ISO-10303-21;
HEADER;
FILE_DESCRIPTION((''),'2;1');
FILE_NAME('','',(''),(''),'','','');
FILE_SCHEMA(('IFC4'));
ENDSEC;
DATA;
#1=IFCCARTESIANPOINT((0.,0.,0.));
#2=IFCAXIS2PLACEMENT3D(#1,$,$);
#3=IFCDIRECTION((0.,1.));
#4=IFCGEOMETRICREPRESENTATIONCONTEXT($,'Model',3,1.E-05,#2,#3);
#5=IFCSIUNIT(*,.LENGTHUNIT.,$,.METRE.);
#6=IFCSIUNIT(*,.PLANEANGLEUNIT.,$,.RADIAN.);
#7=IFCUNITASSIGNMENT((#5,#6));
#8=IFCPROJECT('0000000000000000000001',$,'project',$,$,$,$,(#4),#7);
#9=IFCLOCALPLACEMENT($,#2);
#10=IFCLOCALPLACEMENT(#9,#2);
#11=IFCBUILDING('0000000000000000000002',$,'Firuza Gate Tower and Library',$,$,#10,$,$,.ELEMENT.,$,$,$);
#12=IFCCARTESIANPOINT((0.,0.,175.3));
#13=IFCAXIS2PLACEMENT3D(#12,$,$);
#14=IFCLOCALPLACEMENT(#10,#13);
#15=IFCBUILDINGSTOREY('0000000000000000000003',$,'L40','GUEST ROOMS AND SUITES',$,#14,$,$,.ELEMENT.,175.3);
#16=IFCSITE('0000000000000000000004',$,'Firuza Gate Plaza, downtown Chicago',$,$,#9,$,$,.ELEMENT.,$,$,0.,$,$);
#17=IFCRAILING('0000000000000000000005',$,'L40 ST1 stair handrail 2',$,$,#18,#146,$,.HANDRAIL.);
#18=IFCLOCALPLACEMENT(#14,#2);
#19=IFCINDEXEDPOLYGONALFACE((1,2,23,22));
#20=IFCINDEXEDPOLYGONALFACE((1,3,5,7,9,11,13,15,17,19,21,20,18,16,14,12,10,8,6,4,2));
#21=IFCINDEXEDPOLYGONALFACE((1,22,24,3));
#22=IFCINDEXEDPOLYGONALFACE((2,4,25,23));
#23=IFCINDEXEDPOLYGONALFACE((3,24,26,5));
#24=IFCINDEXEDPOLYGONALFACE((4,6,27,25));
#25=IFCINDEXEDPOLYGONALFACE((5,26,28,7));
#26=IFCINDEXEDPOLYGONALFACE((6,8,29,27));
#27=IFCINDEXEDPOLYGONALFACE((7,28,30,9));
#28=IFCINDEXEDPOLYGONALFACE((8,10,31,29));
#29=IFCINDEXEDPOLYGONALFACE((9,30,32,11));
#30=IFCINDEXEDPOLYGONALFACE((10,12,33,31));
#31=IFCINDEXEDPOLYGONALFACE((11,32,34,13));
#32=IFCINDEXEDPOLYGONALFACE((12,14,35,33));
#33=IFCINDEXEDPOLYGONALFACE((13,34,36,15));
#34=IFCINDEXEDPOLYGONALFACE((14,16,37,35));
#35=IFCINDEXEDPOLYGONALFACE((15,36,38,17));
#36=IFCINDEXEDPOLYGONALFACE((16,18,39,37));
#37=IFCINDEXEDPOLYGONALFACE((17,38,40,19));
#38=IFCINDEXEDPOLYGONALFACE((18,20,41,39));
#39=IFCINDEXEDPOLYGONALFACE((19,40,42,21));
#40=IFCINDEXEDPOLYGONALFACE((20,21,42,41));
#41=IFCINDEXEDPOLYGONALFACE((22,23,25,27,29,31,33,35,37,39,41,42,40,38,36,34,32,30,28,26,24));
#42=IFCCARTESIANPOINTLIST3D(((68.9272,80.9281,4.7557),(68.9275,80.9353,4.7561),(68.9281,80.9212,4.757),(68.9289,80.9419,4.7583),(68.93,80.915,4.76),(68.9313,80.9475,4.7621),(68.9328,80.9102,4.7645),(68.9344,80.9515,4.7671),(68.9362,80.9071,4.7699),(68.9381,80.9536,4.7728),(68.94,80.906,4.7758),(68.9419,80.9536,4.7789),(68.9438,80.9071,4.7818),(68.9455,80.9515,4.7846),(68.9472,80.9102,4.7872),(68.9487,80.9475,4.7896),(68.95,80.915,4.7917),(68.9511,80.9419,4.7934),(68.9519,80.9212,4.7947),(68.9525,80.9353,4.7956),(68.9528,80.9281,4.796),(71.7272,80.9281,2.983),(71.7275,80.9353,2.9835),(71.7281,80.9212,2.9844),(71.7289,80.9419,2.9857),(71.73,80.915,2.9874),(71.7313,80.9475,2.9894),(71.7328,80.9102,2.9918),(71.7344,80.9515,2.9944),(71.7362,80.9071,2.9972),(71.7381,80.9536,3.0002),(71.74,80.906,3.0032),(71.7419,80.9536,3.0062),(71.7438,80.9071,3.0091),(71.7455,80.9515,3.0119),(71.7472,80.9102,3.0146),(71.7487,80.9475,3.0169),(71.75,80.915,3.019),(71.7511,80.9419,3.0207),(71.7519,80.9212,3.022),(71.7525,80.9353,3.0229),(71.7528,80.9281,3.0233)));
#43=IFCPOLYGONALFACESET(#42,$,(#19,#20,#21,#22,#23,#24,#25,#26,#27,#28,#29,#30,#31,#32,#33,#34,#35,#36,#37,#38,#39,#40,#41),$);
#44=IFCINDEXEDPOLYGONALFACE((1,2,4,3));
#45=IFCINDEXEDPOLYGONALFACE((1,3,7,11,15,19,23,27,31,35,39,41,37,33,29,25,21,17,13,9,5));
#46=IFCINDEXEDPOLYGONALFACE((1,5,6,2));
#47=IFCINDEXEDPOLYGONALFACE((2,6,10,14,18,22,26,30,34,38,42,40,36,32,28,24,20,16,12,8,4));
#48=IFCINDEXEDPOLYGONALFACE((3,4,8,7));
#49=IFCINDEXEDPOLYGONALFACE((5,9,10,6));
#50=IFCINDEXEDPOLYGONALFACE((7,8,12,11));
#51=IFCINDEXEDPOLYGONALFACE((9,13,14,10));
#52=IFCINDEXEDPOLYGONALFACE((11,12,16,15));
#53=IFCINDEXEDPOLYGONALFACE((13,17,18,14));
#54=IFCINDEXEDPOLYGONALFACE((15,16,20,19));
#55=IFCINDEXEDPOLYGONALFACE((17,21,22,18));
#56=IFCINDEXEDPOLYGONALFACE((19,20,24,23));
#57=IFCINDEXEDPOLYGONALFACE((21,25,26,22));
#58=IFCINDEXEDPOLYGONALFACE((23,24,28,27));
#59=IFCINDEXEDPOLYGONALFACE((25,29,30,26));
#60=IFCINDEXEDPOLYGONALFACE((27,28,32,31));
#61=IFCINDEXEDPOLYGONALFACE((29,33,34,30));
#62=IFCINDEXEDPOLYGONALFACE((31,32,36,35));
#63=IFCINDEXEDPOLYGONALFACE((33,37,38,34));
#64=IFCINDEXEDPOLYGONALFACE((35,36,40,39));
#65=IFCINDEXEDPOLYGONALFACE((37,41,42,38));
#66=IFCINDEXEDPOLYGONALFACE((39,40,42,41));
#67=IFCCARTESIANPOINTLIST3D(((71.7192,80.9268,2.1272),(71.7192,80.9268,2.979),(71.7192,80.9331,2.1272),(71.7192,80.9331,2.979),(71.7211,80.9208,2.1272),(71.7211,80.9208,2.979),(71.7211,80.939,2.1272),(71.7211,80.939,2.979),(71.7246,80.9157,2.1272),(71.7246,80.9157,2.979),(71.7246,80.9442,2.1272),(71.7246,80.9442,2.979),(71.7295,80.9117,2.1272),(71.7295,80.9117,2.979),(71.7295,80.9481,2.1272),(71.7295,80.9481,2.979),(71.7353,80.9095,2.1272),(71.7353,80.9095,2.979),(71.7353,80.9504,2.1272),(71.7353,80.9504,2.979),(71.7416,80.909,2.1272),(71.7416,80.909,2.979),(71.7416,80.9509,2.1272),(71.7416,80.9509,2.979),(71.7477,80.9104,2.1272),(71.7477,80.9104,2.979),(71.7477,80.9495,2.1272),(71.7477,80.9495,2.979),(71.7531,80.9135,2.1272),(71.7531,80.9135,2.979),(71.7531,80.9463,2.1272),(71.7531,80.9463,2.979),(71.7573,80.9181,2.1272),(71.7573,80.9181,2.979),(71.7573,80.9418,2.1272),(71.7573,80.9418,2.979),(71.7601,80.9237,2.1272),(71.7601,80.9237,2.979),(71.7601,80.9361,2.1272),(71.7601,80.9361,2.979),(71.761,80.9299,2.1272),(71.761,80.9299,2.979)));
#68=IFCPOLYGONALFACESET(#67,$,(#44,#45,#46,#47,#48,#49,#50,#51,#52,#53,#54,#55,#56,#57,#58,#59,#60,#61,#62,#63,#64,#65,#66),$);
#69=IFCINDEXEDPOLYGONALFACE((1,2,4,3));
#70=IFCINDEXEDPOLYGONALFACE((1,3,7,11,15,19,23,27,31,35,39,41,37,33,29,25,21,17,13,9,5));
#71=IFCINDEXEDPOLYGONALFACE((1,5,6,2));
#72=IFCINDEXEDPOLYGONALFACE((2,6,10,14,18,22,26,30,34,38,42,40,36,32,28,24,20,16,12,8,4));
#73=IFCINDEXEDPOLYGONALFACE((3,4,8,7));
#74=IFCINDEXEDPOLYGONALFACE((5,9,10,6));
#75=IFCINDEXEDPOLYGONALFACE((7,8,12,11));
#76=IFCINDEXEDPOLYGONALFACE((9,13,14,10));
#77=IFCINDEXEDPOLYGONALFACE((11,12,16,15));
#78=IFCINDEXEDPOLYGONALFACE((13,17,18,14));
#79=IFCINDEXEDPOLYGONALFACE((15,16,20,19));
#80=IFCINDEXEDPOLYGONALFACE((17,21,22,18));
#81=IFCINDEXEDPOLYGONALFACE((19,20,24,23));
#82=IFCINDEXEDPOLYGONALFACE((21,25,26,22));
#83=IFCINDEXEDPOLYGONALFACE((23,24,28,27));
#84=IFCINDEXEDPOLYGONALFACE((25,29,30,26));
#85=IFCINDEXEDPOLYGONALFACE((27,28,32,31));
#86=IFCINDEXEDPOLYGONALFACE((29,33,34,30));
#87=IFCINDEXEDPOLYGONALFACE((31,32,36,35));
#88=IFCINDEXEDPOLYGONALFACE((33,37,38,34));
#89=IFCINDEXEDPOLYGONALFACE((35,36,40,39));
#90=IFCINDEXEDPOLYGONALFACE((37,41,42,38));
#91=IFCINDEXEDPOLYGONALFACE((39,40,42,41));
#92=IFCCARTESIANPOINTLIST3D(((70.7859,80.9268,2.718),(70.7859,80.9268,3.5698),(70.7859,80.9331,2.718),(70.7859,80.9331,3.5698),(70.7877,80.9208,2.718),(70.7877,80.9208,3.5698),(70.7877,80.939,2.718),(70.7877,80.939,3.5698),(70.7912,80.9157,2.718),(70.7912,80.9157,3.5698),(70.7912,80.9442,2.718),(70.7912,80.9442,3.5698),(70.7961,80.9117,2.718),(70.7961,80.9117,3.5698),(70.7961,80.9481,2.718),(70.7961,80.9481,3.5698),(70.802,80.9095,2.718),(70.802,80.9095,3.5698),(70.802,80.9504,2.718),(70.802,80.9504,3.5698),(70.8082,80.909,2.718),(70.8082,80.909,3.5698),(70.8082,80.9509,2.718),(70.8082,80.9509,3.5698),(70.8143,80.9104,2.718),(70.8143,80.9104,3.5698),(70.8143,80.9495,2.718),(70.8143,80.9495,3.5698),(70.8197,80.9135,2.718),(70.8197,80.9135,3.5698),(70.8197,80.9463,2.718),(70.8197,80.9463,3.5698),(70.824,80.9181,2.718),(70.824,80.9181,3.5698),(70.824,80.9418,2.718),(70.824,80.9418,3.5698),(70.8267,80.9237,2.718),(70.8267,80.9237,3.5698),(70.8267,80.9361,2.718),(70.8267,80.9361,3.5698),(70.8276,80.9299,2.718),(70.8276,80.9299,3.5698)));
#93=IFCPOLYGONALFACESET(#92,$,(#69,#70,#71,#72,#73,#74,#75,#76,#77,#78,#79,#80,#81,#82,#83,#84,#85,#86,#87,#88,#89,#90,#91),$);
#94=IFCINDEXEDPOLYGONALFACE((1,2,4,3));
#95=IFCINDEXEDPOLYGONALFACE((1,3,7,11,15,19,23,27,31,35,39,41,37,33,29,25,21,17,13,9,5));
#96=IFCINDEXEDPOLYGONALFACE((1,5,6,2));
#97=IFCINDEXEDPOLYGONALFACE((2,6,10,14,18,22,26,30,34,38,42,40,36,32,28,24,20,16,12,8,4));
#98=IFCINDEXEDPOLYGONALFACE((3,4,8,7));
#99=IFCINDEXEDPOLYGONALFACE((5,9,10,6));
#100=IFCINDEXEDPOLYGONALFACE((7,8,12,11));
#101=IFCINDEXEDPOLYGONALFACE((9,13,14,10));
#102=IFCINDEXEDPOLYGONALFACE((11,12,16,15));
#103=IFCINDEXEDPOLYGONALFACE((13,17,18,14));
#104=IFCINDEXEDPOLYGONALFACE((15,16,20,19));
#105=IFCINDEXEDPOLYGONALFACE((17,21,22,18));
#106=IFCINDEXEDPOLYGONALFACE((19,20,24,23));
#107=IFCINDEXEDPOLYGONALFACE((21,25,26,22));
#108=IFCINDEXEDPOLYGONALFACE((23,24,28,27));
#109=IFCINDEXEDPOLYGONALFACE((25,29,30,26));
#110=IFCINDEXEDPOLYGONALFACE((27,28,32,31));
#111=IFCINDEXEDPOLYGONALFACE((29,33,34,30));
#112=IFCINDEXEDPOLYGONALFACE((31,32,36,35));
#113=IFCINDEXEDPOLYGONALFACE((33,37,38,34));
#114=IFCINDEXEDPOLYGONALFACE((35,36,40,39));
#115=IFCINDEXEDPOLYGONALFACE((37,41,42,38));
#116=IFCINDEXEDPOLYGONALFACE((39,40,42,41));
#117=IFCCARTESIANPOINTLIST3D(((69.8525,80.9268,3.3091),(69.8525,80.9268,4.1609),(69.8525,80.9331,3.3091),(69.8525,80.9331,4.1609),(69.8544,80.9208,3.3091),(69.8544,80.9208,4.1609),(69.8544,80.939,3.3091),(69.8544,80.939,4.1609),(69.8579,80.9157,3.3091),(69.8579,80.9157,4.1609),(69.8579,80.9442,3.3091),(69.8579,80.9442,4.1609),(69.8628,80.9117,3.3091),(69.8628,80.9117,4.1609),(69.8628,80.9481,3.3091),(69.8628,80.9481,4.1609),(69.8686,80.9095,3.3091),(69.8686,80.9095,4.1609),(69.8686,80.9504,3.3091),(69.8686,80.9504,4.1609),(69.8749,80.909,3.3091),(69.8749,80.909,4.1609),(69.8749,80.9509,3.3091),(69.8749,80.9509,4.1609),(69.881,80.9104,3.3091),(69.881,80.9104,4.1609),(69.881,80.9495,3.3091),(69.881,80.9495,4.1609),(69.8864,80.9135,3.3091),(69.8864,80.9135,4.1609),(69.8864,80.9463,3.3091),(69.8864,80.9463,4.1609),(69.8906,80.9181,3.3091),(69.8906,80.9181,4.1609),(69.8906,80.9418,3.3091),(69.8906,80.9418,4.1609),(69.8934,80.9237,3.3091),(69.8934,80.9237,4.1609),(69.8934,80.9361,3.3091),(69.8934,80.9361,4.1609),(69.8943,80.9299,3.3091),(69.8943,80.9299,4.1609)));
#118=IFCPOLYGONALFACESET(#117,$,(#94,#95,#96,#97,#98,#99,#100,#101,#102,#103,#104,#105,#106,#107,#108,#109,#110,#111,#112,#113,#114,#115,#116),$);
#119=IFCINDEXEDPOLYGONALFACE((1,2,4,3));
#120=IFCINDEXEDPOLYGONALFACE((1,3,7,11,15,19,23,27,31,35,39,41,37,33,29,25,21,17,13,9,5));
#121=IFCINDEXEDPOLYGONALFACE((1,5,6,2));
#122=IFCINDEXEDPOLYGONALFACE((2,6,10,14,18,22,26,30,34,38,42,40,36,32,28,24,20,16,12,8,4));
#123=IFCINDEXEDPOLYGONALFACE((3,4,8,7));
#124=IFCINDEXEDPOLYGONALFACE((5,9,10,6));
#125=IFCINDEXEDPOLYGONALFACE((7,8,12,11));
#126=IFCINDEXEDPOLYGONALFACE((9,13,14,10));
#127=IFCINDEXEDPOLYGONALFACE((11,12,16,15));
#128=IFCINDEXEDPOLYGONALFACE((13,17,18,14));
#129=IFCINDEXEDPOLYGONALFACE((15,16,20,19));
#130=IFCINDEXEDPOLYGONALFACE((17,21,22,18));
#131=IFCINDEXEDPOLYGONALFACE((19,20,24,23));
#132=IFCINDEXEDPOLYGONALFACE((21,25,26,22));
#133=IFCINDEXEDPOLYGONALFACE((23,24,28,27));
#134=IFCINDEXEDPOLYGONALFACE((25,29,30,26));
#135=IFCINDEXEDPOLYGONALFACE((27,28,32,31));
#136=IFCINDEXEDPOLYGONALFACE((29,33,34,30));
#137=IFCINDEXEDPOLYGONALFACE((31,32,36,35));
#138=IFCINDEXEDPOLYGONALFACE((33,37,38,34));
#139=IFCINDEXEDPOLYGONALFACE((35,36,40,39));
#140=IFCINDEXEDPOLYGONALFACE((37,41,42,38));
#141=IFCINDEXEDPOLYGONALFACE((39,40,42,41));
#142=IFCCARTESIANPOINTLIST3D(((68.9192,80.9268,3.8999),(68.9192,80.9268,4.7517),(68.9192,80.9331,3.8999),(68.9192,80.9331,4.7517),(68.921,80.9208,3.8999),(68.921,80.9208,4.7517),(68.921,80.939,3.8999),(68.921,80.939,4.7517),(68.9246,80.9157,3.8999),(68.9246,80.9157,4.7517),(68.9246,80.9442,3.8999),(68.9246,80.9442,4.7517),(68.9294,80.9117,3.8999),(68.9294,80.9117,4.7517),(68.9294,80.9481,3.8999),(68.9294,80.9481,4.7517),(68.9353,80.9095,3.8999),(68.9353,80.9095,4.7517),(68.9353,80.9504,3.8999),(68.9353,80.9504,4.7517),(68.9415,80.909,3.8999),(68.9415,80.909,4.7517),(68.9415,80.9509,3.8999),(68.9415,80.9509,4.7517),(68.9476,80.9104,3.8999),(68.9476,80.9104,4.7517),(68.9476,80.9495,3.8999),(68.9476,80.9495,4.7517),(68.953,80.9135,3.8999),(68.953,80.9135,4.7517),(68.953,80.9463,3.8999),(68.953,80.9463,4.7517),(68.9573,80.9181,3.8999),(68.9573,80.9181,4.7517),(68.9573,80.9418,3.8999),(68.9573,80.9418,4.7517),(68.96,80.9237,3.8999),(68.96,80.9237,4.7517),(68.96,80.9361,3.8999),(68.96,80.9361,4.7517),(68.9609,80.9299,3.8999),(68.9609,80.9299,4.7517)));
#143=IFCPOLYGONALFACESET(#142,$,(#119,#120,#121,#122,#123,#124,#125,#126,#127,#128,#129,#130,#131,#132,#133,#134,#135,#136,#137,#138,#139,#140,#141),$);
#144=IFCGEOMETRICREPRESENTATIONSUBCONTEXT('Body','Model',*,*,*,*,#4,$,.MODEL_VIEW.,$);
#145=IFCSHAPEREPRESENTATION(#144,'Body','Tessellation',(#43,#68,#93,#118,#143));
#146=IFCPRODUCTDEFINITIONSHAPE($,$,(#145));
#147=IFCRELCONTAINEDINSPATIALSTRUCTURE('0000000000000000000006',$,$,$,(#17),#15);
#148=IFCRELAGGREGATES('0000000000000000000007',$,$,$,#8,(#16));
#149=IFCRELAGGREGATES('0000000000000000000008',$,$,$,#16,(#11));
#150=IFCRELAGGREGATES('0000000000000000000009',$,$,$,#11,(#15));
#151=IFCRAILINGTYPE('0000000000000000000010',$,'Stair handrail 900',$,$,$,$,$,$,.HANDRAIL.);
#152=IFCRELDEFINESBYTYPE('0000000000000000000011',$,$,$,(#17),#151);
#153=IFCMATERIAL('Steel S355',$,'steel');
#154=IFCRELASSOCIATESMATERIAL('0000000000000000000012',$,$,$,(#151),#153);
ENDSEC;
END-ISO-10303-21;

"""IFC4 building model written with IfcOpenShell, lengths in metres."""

from ifc_helpers import new_model, si_unit, direction, frame, origin, origin_2d, place, context, subcontext, project, spatial, circle, extrude, material, type_object, element, save


model = new_model("IFC4")

# Units and contexts
model_context = context("Model", 3, precision=1e-05, world=origin(), true_north=direction((0.0, 1.0)))
body_context = subcontext(model_context, "Body", "Model", "MODEL_VIEW")
ifc_project = project(units=[si_unit("LENGTHUNIT", "METRE"), si_unit("PLANEANGLEUNIT", "RADIAN")], contexts=[model_context])

# Site, building, storey
site_placement = place(None, origin())
site = spatial("IfcSite", under=ifc_project, at=site_placement, Name="Firuza Gate Plaza, downtown Chicago", CompositionType="ELEMENT", RefElevation=0.0)
building_placement = place(site_placement, origin())
building = spatial("IfcBuilding", under=site, at=building_placement, Name="Firuza Gate Tower and Library", CompositionType="ELEMENT")
storey_placement = place(building_placement, frame((0.0, 0.0, 175.3)))
storey = spatial("IfcBuildingStorey", under=building, at=storey_placement, Name="L40", Description="GUEST ROOMS AND SUITES", CompositionType="ELEMENT", Elevation=175.3)

# Railing
ifc_material_1 = material(Name="Steel S355", Category="steel")
railing_type_1 = type_object("IfcRailingType", Name="Stair handrail 900", PredefinedType="HANDRAIL", material=ifc_material_1)
railing_1_placement = place(storey_placement, frame((71.74, 80.9299, 2.1272)))
element("IfcRailing", 1, at=railing_1_placement, inside=storey, type_object=railing_type_1, Name="L40 ST1 stair handrail 2", PredefinedType="HANDRAIL", context=body_context, shape_type="SweptSolid", body=[
    extrude(circle(Radius=0.0239, at=origin_2d()), frame((0.0, 0.0, 0.876), z_axis=(-0.844909, 0.0, 0.53491), x_axis=(0.0, -1.0, 0.0)), (0.0, 0.0, 1.0), 3.314),
    extrude(circle(Radius=0.021, at=origin_2d()), origin(), (0.0, 0.0, 1.0), 0.8518),
    extrude(circle(Radius=0.021, at=origin_2d()), frame((-0.9333, 0.0, 0.5908)), (0.0, 0.0, 1.0), 0.8518),
    extrude(circle(Radius=0.021, at=origin_2d()), frame((-1.8667, 0.0, 1.1819)), (0.0, 0.0, 1.0), 0.8518),
    extrude(circle(Radius=0.021, at=origin_2d()), frame((-2.8, 0.0, 1.7727)), (0.0, 0.0, 1.0), 0.8518),
])

save(model, "model.ifc")
